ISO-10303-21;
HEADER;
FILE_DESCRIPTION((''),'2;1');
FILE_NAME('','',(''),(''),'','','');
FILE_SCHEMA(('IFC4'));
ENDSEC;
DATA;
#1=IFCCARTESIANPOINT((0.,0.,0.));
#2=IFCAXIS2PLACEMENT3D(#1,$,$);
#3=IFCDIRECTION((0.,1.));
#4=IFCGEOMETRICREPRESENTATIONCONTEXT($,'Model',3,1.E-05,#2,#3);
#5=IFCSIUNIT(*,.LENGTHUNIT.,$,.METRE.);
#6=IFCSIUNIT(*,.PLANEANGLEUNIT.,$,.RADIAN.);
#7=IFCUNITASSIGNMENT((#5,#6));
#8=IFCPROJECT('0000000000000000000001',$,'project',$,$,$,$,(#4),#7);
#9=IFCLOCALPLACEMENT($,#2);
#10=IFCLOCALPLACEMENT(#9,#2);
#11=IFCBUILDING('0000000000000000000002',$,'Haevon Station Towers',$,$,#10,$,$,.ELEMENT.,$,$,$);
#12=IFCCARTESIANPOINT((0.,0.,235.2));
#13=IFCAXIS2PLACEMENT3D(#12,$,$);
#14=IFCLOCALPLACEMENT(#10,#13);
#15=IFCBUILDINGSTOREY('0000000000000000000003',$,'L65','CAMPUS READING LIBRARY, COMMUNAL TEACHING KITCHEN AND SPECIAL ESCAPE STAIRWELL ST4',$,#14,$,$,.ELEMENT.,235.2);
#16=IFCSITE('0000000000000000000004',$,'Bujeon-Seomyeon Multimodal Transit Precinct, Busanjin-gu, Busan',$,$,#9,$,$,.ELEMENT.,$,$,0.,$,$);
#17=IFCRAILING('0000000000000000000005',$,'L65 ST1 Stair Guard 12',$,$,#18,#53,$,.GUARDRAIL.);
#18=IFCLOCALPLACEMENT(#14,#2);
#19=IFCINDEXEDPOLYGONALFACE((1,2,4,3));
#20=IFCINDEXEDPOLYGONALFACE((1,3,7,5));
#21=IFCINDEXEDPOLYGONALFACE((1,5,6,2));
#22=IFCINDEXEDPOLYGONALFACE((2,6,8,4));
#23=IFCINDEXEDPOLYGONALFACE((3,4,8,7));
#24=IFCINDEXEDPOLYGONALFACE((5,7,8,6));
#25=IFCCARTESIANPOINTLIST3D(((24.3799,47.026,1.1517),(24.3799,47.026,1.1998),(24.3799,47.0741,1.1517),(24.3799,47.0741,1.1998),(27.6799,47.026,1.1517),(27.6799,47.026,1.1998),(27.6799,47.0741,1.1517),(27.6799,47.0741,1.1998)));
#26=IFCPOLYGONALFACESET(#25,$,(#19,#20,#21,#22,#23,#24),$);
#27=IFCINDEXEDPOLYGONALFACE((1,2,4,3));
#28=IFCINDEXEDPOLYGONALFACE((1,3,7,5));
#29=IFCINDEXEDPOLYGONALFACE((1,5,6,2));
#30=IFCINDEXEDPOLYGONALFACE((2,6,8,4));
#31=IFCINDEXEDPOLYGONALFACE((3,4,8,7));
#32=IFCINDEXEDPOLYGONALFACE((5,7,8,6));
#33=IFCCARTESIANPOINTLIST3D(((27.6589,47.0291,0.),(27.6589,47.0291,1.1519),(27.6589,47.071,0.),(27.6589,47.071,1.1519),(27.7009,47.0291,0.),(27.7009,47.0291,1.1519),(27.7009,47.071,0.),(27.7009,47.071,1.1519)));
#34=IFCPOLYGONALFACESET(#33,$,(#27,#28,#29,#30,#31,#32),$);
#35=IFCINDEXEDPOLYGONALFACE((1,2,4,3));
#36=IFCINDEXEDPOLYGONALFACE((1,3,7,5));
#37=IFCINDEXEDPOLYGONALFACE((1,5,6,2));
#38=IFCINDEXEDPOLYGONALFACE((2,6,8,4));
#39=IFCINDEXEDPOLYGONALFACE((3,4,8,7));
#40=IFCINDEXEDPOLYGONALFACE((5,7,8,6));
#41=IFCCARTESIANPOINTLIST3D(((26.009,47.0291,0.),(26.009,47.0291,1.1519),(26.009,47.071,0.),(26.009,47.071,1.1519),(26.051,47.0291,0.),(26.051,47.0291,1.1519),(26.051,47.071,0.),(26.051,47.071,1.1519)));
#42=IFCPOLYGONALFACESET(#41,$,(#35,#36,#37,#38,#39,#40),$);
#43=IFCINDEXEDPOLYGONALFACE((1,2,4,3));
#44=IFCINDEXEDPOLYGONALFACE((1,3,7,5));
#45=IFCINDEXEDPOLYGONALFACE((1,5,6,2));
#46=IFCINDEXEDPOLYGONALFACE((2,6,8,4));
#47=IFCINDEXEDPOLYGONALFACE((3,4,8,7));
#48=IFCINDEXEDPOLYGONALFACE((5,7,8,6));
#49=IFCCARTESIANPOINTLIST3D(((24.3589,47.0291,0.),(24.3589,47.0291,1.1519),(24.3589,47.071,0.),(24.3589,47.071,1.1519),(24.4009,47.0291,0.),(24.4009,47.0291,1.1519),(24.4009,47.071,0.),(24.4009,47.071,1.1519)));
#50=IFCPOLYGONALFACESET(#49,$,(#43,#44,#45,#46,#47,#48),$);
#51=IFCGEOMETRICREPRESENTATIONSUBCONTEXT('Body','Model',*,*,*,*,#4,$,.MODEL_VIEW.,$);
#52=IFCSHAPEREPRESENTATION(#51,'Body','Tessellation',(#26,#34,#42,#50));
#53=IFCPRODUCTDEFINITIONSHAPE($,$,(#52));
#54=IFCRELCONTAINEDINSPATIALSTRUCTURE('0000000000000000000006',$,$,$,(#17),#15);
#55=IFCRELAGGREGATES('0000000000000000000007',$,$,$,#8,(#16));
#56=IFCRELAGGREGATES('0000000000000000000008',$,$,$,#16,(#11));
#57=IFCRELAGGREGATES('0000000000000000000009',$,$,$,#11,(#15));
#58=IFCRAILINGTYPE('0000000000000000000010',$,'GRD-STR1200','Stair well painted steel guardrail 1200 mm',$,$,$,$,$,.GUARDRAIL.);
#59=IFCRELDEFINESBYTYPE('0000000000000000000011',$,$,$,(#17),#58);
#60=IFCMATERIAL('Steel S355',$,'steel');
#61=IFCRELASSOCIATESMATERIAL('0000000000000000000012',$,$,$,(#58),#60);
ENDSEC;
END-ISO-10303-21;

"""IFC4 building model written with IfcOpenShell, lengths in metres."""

from ifc_helpers import new_model, si_unit, direction, frame, origin, origin_2d, place, context, subcontext, project, spatial, rectangle, extrude, material, type_object, element, save


model = new_model("IFC4")

# Units and contexts
model_context = context("Model", 3, precision=1e-05, world=origin(), true_north=direction((0.0, 1.0)))
body_context = subcontext(model_context, "Body", "Model", "MODEL_VIEW")
ifc_project = project(units=[si_unit("LENGTHUNIT", "METRE"), si_unit("PLANEANGLEUNIT", "RADIAN")], contexts=[model_context])

# Site, building, storey
site_placement = place(None, origin())
site = spatial("IfcSite", under=ifc_project, at=site_placement, Name="Bujeon-Seomyeon Multimodal Transit Precinct, Busanjin-gu, Busan", CompositionType="ELEMENT", RefElevation=0.0)
building_placement = place(site_placement, origin())
building = spatial("IfcBuilding", under=site, at=building_placement, Name="Haevon Station Towers", CompositionType="ELEMENT")
storey_placement = place(building_placement, frame((0.0, 0.0, 235.2)))
storey = spatial("IfcBuildingStorey", under=building, at=storey_placement, Name="L65", Description="CAMPUS READING LIBRARY, COMMUNAL TEACHING KITCHEN AND SPECIAL ESCAPE STAIRWELL ST4", CompositionType="ELEMENT", Elevation=235.2)

# Shared definitions
ifc_material_1 = material(Name="Steel S355", Category="steel")

# Railing
railing_type = type_object("IfcRailingType", Name="GRD-STR1200", Description="Stair well painted steel guardrail 1200 mm", PredefinedType="GUARDRAIL", material=ifc_material_1)
railing_1_placement = place(storey_placement, frame((27.6799, 47.05, 0.0)))
element("IfcRailing", 1, at=railing_1_placement, inside=storey, type_object=railing_type, Name="L65 ST1 Stair Guard 12", PredefinedType="GUARDRAIL", context=body_context, shape_type="SweptSolid", body=[
    extrude(rectangle(XDim=0.0481, YDim=0.0481, at=origin_2d()), frame((0.0, 0.0, 1.1758), z_axis=(-1.0, 0.0, 0.0), x_axis=(0.0, -1.0, 0.0)), (0.0, 0.0, 1.0), 3.3),
    extrude(rectangle(XDim=0.042, YDim=0.042, at=origin_2d()), origin(), (0.0, 0.0, 1.0), 1.1519),
    extrude(rectangle(XDim=0.042, YDim=0.042, at=origin_2d()), frame((-1.6499, 0.0, 0.0)), (0.0, 0.0, 1.0), 1.1519),
    extrude(rectangle(XDim=0.042, YDim=0.042, at=origin_2d()), frame((-3.3, 0.0, 0.0)), (0.0, 0.0, 1.0), 1.1519),
])

save(model, "model.ifc")
